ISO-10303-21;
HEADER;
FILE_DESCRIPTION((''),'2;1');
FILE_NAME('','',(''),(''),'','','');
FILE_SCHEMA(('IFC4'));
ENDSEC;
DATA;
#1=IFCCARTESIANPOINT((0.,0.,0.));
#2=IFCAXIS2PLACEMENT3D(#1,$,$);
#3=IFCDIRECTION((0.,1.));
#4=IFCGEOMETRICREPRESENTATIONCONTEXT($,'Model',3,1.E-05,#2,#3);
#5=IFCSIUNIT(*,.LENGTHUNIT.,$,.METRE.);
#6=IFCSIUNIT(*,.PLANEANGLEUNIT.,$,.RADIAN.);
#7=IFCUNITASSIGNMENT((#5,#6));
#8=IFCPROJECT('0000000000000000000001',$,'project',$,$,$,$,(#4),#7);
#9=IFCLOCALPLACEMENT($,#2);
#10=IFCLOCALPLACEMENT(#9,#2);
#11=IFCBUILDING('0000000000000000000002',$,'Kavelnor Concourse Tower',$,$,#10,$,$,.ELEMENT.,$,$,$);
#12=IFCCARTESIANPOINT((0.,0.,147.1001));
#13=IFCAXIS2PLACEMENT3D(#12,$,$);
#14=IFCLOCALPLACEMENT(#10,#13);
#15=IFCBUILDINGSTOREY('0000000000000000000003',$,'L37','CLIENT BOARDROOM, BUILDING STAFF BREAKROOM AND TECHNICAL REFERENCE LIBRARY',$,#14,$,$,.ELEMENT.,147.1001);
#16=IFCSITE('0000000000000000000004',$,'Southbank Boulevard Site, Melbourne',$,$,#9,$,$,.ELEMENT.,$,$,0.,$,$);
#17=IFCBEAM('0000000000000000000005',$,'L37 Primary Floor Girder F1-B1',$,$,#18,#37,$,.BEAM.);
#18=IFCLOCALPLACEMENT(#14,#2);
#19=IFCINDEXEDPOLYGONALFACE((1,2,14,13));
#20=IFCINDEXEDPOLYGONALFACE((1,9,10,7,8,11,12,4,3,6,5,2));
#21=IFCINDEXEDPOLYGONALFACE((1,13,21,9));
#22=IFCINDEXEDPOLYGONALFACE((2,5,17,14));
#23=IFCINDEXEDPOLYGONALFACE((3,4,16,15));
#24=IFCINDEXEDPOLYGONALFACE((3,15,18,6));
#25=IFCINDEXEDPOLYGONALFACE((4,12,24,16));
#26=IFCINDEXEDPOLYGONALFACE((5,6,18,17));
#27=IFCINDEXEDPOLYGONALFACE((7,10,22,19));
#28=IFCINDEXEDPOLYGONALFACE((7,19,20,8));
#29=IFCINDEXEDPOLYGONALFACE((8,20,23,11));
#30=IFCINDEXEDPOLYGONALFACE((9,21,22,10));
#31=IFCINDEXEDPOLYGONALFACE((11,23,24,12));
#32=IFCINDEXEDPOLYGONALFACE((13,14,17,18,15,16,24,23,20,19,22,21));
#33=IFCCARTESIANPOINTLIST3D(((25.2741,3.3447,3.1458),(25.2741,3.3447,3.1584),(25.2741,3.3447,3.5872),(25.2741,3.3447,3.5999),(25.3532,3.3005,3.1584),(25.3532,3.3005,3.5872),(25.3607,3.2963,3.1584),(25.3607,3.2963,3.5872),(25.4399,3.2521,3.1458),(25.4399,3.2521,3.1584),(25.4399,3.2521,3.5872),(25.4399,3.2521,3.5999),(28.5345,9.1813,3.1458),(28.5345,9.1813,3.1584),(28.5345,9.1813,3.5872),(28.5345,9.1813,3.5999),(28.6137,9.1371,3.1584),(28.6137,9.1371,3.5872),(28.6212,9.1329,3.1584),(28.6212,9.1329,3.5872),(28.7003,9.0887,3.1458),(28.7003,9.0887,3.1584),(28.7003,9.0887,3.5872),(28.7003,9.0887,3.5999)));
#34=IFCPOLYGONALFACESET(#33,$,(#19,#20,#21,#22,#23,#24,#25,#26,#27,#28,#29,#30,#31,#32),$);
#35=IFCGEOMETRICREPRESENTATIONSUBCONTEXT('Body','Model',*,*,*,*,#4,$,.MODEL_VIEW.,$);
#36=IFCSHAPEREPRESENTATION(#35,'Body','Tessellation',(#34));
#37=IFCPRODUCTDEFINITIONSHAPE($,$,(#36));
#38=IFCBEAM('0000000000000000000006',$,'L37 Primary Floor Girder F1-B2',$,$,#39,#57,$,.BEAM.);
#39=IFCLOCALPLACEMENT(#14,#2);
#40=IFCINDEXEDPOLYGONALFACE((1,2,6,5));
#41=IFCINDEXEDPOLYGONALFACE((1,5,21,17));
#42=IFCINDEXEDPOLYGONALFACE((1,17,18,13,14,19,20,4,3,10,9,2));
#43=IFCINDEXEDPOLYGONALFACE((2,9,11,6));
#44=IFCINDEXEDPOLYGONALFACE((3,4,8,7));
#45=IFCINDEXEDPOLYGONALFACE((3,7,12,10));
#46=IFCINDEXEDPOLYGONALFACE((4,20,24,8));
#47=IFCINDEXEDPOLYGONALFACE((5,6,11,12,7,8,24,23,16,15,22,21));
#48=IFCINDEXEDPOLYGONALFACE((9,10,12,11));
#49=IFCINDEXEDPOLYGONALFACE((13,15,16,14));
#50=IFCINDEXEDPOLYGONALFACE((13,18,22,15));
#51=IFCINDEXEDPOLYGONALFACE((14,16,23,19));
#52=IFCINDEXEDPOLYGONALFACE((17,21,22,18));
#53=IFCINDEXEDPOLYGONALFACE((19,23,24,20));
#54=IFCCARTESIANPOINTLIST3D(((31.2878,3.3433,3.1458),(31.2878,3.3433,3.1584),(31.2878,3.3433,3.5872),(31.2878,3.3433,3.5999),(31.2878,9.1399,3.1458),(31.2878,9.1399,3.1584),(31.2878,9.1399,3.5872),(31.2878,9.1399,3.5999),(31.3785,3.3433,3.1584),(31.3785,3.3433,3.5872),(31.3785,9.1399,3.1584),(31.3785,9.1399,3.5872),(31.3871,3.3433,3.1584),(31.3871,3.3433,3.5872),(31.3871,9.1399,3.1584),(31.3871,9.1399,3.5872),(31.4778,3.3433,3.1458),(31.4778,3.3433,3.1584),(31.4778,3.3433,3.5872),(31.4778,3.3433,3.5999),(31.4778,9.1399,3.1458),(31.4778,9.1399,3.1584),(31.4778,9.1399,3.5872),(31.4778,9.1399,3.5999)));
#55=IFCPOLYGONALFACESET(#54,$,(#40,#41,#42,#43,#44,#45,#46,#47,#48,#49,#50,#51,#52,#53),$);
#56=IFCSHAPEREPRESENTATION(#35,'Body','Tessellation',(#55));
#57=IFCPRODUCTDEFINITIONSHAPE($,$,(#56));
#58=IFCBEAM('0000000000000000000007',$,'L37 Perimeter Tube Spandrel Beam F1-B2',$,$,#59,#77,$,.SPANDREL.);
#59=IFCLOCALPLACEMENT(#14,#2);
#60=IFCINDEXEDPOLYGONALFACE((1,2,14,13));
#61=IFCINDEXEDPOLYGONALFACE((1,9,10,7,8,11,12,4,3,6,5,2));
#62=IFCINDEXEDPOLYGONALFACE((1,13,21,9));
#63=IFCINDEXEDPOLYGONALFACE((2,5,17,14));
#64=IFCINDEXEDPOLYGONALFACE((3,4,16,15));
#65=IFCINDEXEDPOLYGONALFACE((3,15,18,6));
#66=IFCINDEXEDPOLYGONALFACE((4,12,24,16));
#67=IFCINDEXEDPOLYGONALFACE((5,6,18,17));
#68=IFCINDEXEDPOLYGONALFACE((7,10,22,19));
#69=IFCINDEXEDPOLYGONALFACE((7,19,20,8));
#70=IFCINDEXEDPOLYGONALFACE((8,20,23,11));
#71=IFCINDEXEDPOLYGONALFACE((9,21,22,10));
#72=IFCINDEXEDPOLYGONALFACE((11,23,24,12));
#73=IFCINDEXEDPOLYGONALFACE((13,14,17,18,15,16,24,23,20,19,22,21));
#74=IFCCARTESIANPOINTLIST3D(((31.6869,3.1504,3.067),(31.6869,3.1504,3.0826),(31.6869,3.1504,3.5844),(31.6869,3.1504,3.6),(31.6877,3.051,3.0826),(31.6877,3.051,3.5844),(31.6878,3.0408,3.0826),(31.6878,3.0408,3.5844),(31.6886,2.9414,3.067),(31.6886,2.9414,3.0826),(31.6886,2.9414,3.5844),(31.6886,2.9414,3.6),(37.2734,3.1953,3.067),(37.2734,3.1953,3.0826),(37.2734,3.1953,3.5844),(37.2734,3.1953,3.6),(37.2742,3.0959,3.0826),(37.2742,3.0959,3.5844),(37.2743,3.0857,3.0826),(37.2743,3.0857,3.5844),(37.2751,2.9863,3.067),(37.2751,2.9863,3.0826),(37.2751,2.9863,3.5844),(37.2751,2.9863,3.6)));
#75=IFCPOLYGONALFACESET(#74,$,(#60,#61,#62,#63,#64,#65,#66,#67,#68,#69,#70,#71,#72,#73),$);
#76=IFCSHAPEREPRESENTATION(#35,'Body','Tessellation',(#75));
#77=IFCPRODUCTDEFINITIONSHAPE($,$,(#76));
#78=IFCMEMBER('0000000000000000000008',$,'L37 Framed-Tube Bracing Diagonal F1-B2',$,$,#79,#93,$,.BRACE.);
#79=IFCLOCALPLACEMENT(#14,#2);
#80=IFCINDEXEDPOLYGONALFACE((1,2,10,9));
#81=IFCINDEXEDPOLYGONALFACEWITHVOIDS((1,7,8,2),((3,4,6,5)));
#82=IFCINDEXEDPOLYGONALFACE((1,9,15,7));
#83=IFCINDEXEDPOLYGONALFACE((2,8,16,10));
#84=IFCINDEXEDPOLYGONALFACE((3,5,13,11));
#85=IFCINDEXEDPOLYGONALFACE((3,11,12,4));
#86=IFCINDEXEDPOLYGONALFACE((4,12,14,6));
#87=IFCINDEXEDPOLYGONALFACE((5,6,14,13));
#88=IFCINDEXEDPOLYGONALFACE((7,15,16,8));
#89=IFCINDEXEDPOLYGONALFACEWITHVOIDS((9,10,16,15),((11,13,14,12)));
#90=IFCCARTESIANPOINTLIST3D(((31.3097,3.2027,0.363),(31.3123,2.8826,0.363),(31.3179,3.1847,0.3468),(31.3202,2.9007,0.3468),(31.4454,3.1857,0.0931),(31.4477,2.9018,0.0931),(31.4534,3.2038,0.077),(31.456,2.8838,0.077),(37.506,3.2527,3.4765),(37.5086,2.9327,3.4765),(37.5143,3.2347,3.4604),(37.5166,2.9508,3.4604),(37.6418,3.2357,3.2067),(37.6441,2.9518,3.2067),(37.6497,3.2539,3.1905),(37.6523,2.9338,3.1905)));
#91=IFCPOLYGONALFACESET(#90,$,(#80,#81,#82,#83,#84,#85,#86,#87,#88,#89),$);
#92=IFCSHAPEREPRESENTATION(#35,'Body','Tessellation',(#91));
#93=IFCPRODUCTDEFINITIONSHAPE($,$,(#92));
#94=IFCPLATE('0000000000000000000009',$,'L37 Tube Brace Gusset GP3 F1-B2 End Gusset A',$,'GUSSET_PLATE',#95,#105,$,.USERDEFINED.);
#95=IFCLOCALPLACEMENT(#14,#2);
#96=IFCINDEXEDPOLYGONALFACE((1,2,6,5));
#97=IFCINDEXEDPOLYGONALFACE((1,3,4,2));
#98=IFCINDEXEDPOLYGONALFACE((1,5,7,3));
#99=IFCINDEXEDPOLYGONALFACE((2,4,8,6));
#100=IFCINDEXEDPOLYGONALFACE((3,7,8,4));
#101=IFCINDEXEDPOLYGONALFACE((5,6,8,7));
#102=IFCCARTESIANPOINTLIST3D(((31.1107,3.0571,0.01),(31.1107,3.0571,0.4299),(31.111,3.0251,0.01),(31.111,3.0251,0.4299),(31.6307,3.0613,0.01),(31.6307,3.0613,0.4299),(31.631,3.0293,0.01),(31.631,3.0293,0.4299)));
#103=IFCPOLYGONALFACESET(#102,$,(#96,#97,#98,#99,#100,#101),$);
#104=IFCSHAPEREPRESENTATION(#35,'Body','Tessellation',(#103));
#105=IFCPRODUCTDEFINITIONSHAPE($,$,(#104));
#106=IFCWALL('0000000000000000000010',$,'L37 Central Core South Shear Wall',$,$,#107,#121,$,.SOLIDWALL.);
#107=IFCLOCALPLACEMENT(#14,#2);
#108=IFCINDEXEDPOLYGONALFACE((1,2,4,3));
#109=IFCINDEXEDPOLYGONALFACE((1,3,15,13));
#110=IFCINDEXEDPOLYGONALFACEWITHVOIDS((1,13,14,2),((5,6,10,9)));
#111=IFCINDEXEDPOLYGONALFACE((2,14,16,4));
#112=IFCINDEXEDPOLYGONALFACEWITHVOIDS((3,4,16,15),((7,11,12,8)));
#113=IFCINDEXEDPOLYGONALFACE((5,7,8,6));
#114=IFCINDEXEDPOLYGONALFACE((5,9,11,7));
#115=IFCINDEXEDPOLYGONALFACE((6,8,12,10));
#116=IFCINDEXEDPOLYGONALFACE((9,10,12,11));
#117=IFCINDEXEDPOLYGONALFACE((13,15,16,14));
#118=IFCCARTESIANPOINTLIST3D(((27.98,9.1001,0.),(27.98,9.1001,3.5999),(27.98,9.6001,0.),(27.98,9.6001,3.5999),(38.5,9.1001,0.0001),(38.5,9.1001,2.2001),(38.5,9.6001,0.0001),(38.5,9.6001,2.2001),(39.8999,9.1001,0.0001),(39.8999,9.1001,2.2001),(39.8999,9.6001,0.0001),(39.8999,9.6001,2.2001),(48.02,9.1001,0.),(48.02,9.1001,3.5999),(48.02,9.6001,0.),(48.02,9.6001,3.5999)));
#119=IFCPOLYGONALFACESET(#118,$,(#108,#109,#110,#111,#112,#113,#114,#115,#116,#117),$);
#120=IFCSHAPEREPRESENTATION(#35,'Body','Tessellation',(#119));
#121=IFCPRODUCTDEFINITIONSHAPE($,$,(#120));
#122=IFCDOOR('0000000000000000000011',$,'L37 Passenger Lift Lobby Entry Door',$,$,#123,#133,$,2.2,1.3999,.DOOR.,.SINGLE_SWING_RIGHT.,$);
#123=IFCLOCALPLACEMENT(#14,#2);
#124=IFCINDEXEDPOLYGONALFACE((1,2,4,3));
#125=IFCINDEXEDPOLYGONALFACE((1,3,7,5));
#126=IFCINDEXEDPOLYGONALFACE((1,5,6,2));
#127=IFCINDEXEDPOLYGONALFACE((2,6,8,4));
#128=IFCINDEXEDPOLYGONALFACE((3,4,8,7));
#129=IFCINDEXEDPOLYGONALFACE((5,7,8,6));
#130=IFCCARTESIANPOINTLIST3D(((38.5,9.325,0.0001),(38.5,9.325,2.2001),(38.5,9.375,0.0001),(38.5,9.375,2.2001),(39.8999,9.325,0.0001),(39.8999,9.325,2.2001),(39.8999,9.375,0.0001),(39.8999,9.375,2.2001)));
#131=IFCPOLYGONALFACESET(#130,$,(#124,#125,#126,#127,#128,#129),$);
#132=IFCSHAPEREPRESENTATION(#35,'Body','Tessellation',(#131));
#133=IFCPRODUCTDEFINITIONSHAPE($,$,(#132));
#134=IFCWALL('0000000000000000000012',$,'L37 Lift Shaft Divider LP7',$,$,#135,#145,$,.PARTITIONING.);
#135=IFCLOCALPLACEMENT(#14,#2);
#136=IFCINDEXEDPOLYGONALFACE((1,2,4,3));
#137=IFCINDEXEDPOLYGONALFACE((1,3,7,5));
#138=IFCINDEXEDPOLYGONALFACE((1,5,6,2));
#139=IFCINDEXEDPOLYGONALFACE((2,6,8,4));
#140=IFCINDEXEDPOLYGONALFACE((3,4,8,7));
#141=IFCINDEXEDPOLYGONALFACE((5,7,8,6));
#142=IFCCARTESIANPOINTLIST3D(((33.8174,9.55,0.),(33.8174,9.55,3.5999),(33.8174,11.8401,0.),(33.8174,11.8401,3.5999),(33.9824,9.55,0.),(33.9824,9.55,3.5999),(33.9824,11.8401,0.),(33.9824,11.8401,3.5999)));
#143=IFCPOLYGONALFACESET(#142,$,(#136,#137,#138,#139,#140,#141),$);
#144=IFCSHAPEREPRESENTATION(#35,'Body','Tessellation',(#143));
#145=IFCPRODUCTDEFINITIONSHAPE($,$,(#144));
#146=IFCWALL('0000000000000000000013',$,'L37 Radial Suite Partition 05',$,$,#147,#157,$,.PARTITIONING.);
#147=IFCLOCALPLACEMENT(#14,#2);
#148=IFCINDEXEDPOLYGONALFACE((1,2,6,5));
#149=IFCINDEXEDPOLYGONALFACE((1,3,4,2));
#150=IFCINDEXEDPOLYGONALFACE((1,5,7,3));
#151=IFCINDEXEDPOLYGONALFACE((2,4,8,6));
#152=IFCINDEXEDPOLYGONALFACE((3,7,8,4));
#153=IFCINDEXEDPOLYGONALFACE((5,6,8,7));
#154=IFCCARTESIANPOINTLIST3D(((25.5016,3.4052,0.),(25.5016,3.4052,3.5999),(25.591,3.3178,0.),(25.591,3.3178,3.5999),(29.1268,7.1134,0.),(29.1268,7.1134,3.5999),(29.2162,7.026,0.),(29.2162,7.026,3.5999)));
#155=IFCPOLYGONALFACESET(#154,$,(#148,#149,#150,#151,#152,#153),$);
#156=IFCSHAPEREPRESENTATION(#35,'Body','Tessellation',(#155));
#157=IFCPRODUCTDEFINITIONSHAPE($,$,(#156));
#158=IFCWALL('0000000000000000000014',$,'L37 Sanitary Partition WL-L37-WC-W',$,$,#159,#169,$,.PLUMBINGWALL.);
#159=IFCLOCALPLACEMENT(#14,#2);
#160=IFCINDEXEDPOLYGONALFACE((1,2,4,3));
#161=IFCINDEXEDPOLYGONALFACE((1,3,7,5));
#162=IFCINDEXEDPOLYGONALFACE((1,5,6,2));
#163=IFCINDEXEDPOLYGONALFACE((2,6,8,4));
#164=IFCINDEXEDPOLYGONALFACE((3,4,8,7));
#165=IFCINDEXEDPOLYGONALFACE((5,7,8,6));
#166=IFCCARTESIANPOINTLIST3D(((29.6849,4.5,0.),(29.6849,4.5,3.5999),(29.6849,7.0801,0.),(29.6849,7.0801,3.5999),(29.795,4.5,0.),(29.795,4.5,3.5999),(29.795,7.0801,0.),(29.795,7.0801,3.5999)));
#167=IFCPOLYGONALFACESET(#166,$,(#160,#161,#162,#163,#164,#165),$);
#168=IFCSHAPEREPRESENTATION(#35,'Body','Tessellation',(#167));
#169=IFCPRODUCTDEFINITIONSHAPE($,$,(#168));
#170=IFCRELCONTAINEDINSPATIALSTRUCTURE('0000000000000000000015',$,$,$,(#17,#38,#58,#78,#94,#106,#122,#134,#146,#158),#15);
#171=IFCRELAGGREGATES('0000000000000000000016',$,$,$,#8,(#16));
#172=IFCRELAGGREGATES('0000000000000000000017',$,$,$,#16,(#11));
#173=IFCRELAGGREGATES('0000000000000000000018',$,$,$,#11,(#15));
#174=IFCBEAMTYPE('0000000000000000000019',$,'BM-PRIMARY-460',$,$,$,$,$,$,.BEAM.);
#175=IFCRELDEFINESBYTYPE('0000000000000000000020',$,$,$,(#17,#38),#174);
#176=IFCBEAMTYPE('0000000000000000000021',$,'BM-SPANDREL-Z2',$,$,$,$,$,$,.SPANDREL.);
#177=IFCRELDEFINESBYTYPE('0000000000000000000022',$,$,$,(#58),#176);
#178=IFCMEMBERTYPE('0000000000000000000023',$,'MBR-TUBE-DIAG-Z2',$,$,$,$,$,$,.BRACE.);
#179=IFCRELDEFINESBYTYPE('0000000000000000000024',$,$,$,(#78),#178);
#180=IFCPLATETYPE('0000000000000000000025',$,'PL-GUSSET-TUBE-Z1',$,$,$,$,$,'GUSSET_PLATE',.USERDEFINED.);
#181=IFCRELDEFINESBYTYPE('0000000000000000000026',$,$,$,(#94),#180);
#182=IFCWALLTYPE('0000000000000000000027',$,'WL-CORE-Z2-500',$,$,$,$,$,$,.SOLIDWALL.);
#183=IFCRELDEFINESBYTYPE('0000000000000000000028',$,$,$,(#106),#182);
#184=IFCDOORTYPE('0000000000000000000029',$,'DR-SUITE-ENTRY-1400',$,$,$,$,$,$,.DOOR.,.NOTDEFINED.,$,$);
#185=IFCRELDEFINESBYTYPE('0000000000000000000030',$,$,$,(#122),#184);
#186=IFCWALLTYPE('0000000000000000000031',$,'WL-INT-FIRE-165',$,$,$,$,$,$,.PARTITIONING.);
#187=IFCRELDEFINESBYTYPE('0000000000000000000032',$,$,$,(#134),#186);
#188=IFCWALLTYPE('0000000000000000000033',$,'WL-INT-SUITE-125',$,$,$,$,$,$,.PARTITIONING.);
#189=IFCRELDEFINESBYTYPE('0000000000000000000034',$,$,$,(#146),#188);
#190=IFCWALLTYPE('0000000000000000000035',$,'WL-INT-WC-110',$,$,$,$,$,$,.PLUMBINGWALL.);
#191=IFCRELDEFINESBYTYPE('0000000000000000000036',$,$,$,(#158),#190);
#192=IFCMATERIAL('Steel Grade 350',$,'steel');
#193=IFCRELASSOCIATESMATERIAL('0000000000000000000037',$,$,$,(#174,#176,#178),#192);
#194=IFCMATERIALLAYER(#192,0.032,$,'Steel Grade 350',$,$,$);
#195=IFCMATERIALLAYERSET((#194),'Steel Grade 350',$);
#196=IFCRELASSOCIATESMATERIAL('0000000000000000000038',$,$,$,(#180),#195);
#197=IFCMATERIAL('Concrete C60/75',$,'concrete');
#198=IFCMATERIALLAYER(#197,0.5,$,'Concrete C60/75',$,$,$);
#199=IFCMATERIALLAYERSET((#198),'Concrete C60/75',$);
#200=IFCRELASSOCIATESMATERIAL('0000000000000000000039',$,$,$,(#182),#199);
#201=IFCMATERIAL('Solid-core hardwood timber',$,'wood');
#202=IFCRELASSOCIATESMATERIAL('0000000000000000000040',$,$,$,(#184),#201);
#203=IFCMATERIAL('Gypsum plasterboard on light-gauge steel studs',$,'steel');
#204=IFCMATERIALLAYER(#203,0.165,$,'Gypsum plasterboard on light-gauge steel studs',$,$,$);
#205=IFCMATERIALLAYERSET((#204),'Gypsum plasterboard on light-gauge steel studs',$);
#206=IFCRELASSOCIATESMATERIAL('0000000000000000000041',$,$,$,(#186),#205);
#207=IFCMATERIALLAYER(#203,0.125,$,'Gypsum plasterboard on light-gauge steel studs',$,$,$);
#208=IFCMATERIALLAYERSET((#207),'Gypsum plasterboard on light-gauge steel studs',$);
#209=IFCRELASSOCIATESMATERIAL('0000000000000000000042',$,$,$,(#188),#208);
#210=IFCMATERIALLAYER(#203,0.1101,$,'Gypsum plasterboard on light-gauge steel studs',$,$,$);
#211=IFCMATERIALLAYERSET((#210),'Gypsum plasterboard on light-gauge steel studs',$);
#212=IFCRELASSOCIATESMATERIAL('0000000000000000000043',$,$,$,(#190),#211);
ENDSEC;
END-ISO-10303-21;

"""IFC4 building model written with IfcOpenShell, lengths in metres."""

from ifc_helpers import new_model, si_unit, direction, frame, frame_2d, origin, origin_2d, place, context, subcontext, project, spatial, rectangle, hollow_rectangle, i_section, extrude, material, layer, layer_set, material_profile, profile_set, type_object, element, fill, save


model = new_model("IFC4")

# Units and contexts
model_context = context("Model", 3, precision=1e-05, world=origin(), true_north=direction((0.0, 1.0)))
body_context = subcontext(model_context, "Body", "Model", "MODEL_VIEW")
ifc_project = project(units=[si_unit("LENGTHUNIT", "METRE"), si_unit("PLANEANGLEUNIT", "RADIAN")], contexts=[model_context])

# Site, building, storey
site_placement = place(None, origin())
site = spatial("IfcSite", under=ifc_project, at=site_placement, Name="Southbank Boulevard Site, Melbourne", CompositionType="ELEMENT", RefElevation=0.0)
building_placement = place(site_placement, origin())
building = spatial("IfcBuilding", under=site, at=building_placement, Name="Kavelnor Concourse Tower", CompositionType="ELEMENT")
storey_placement = place(building_placement, frame((0.0, 0.0, 147.1001)))
storey = spatial("IfcBuildingStorey", under=building, at=storey_placement, Name="L37", Description="CLIENT BOARDROOM, BUILDING STAFF BREAKROOM AND TECHNICAL REFERENCE LIBRARY", CompositionType="ELEMENT", Elevation=147.1001)

# Shared definitions
ifc_material_1 = material(Name="Steel Grade 350", Category="steel")

# Beams
ifc_material_profile_1 = material_profile(ifc_material_1, i_section(OverallWidth=0.1899, OverallDepth=0.4541, WebThickness=0.0085, FlangeThickness=0.0127, at=origin_2d()), Name="460UB67")
ifc_profile_set_1 = profile_set([ifc_material_profile_1], Name="Steel Grade 350")
beam_type_1 = type_object("IfcBeamType", Name="BM-PRIMARY-460", PredefinedType="BEAM", material=ifc_profile_set_1)
beam_1_placement = place(storey_placement, frame((28.6174, 9.135, 3.3728), z_axis=(-0.487688, -0.873018, 0.0), x_axis=(0.873018, -0.487688, 0.0)))
element("IfcBeam", 1, at=beam_1_placement, inside=storey, type_object=beam_type_1, Name="L37 Primary Floor Girder F1-B1", PredefinedType="BEAM", context=body_context, shape_type="SweptSolid", body=[
    extrude(i_section(OverallWidth=0.1899, OverallDepth=0.4541, WebThickness=0.0085, FlangeThickness=0.0127, at=origin_2d()), origin(), (0.0, 0.0, 1.0), 6.6855),
])
beam_2_placement = place(storey_placement, frame((31.3828, 9.1399, 3.3728), z_axis=(0.0, -1.0, 0.0), x_axis=(1.0, 0.0, 0.0)))
element("IfcBeam", 2, at=beam_2_placement, inside=storey, type_object=beam_type_1, Name="L37 Primary Floor Girder F1-B2", PredefinedType="BEAM", context=body_context, shape_type="SweptSolid", body=[
    extrude(i_section(OverallWidth=0.1899, OverallDepth=0.4541, WebThickness=0.0085, FlangeThickness=0.0127, at=origin_2d()), origin(), (0.0, 0.0, 1.0), 5.7966),
])
ifc_material_profile_2 = material_profile(ifc_material_1, i_section(OverallWidth=0.209, OverallDepth=0.533, WebThickness=0.0103, FlangeThickness=0.0156, at=origin_2d()), Name="530UB92")
ifc_profile_set_2 = profile_set([ifc_material_profile_2], Name="Steel Grade 350")
beam_type_2 = type_object("IfcBeamType", Name="BM-SPANDREL-Z2", PredefinedType="SPANDREL", material=ifc_profile_set_2)
beam_3_placement = place(storey_placement, frame((31.6877, 3.0459, 3.3335), z_axis=(0.999968, 0.008041, 0.0), x_axis=(-0.008041, 0.999968, 0.0)))
element("IfcBeam", 3, at=beam_3_placement, inside=storey, type_object=beam_type_2, Name="L37 Perimeter Tube Spandrel Beam F1-B2", PredefinedType="SPANDREL", context=body_context, shape_type="SweptSolid", body=[
    extrude(i_section(OverallWidth=0.209, OverallDepth=0.533, WebThickness=0.0103, FlangeThickness=0.0156, at=origin_2d()), origin(), (0.0, 0.0, 1.0), 5.5867),
])

# Member
ifc_material_profile_3 = material_profile(ifc_material_1, hollow_rectangle(XDim=0.3201, YDim=0.3201, WallThickness=0.0181, at=origin_2d()), Name="SHS 320x320x18")
ifc_profile_set_3 = profile_set([ifc_material_profile_3], Name="Steel Grade 350")
member_type = type_object("IfcMemberType", Name="MBR-TUBE-DIAG-Z2", PredefinedType="BRACE", material=ifc_profile_set_3)
member_placement = place(storey_placement, frame((31.3828, 3.0432, 0.22), z_axis=(0.893515, 0.007217, 0.448975), x_axis=(-0.008077, 0.999967, 0.0)))
element("IfcMember", 4, at=member_placement, inside=storey, type_object=member_type, Name="L37 Framed-Tube Bracing Diagonal F1-B2", PredefinedType="BRACE", context=body_context, shape_type="SweptSolid", body=[
    extrude(hollow_rectangle(XDim=0.3201, YDim=0.3201, WallThickness=0.0181, at=origin_2d()), origin(), (0.0, 0.0, 1.0), 6.9348),
])

# Plate
ifc_layer_1 = layer(ifc_material_1, 0.032, Name="Steel Grade 350")
ifc_layer_set_1 = layer_set([ifc_layer_1], Name="Steel Grade 350")
plate_type = type_object("IfcPlateType", Name="PL-GUSSET-TUBE-Z1", ElementType="GUSSET_PLATE", PredefinedType="USERDEFINED", material=ifc_layer_set_1)
plate_placement = place(storey_placement, frame((31.3708, 3.0432, 0.01), z_axis=(0.0, 0.0, 1.0), x_axis=(0.999968, 0.008028, 0.0)))
element("IfcPlate", 5, at=plate_placement, inside=storey, type_object=plate_type, Name="L37 Tube Brace Gusset GP3 F1-B2 End Gusset A", ObjectType="GUSSET_PLATE", PredefinedType="USERDEFINED", context=body_context, shape_type="SweptSolid", body=[
    extrude(rectangle(XDim=0.52, YDim=0.032, at=origin_2d()), origin(), (0.0, 0.0, 1.0), 0.4199),
])

# Wall, opening, door
ifc_material_2 = material(Name="Concrete C60/75", Category="concrete")
ifc_layer_2 = layer(ifc_material_2, 0.5, Name="Concrete C60/75")
ifc_layer_set_2 = layer_set([ifc_layer_2], Name="Concrete C60/75")
wall_type_1 = type_object("IfcWallType", Name="WL-CORE-Z2-500", PredefinedType="SOLIDWALL", material=ifc_layer_set_2)
wall_1_placement = place(storey_placement, frame((27.98, 9.3501, 0.0), z_axis=(0.0, 0.0, 1.0), x_axis=(1.0, 0.0, 0.0)))
wall_1 = element("IfcWall", 6, at=wall_1_placement, inside=storey, type_object=wall_type_1, Name="L37 Central Core South Shear Wall", PredefinedType="SOLIDWALL", context=body_context, shape_type="SweptSolid", body=[
    extrude(rectangle(XDim=20.04, YDim=0.5, at=frame_2d((10.02, 0.0))), origin(), (0.0, 0.0, 1.0), 3.5999),
])
opening_1_placement = place(wall_1_placement, frame((10.52, 0.0, 0.0)))
opening_1 = element("IfcOpeningElement", 7, at=opening_1_placement, cuts=wall_1, PredefinedType="OPENING", context=body_context, shape_type="SweptSolid", body=[
    extrude(rectangle(XDim=1.3999, YDim=2.2, at=frame_2d((0.7, 1.1001))), frame((0.0, 0.26, 0.0), z_axis=(0.0, -1.0, 0.0), x_axis=(1.0, 0.0, 0.0)), (0.0, 0.0, 1.0), 0.52),
])
ifc_material_3 = material(Name="Solid-core hardwood timber", Category="wood")
door_type_1 = type_object("IfcDoorType", Name="DR-SUITE-ENTRY-1400", OperationType="NOTDEFINED", PredefinedType="DOOR", material=ifc_material_3)
door_1_placement = place(opening_1_placement, origin())
door_1 = element("IfcDoor", 8, at=door_1_placement, inside=storey, type_object=door_type_1, Name="L37 Passenger Lift Lobby Entry Door", OperationType="SINGLE_SWING_RIGHT", OverallHeight=2.2, OverallWidth=1.3999, PredefinedType="DOOR", context=body_context, shape_type="SweptSolid", body=[
    extrude(rectangle(XDim=1.3999, YDim=2.2, at=frame_2d((0.7, 1.1001))), frame((0.0, 0.0249, 0.0), z_axis=(0.0, -1.0, 0.0), x_axis=(1.0, 0.0, 0.0)), (0.0, 0.0, 1.0), 0.05),
])
fill(opening_1, door_1)

# Walls
ifc_material_4 = material(Name="Gypsum plasterboard on light-gauge steel studs", Category="steel")
ifc_layer_3 = layer(ifc_material_4, 0.165, Name="Gypsum plasterboard on light-gauge steel studs")
ifc_layer_set_3 = layer_set([ifc_layer_3], Name="Gypsum plasterboard on light-gauge steel studs")
wall_type_2 = type_object("IfcWallType", Name="WL-INT-FIRE-165", PredefinedType="PARTITIONING", material=ifc_layer_set_3)
wall_2_placement = place(storey_placement, frame((33.8999, 9.55, 0.0), z_axis=(0.0, 0.0, 1.0), x_axis=(0.0, 1.0, 0.0)))
element("IfcWall", 9, at=wall_2_placement, inside=storey, type_object=wall_type_2, Name="L37 Lift Shaft Divider LP7", PredefinedType="PARTITIONING", context=body_context, shape_type="SweptSolid", body=[
    extrude(rectangle(XDim=2.29, YDim=0.165, at=frame_2d((1.145, 0.0))), origin(), (0.0, 0.0, 1.0), 3.5999),
])
ifc_layer_4 = layer(ifc_material_4, 0.125, Name="Gypsum plasterboard on light-gauge steel studs")
ifc_layer_set_4 = layer_set([ifc_layer_4], Name="Gypsum plasterboard on light-gauge steel studs")
wall_type_3 = type_object("IfcWallType", Name="WL-INT-SUITE-125", PredefinedType="PARTITIONING", material=ifc_layer_set_4)
wall_3_placement = place(storey_placement, frame((29.1714, 7.0696, 0.0), z_axis=(0.0, 0.0, 1.0), x_axis=(-0.699058, -0.715065, 0.0)))
element("IfcWall", 10, at=wall_3_placement, inside=storey, type_object=wall_type_3, Name="L37 Radial Suite Partition 05", PredefinedType="PARTITIONING", context=body_context, shape_type="SweptSolid", body=[
    extrude(rectangle(XDim=5.1858, YDim=0.125, at=frame_2d((2.5928, 0.0))), origin(), (0.0, 0.0, 1.0), 3.5999),
])
ifc_layer_5 = layer(ifc_material_4, 0.1101, Name="Gypsum plasterboard on light-gauge steel studs")
ifc_layer_set_5 = layer_set([ifc_layer_5], Name="Gypsum plasterboard on light-gauge steel studs")
wall_type_4 = type_object("IfcWallType", Name="WL-INT-WC-110", PredefinedType="PLUMBINGWALL", material=ifc_layer_set_5)
for number, where, z_axis, x_axis, name in (
    (11, (29.74, 4.5, 0.0), (0.0, 0.0, 1.0), (0.0, 1.0, 0.0), "L37 Sanitary Partition WL-L37-WC-W"),
):
    element("IfcWall", number, at=place(storey_placement, frame(where, z_axis=z_axis, x_axis=x_axis)), inside=storey, type_object=wall_type_4, Name=name, PredefinedType="PLUMBINGWALL", context=body_context, shape_type="SweptSolid", body=[
        extrude(rectangle(XDim=2.5801, YDim=0.1101, at=frame_2d((1.29, 0.0))), origin(), (0.0, 0.0, 1.0), 3.5999),
    ])

save(model, "model.ifc")
